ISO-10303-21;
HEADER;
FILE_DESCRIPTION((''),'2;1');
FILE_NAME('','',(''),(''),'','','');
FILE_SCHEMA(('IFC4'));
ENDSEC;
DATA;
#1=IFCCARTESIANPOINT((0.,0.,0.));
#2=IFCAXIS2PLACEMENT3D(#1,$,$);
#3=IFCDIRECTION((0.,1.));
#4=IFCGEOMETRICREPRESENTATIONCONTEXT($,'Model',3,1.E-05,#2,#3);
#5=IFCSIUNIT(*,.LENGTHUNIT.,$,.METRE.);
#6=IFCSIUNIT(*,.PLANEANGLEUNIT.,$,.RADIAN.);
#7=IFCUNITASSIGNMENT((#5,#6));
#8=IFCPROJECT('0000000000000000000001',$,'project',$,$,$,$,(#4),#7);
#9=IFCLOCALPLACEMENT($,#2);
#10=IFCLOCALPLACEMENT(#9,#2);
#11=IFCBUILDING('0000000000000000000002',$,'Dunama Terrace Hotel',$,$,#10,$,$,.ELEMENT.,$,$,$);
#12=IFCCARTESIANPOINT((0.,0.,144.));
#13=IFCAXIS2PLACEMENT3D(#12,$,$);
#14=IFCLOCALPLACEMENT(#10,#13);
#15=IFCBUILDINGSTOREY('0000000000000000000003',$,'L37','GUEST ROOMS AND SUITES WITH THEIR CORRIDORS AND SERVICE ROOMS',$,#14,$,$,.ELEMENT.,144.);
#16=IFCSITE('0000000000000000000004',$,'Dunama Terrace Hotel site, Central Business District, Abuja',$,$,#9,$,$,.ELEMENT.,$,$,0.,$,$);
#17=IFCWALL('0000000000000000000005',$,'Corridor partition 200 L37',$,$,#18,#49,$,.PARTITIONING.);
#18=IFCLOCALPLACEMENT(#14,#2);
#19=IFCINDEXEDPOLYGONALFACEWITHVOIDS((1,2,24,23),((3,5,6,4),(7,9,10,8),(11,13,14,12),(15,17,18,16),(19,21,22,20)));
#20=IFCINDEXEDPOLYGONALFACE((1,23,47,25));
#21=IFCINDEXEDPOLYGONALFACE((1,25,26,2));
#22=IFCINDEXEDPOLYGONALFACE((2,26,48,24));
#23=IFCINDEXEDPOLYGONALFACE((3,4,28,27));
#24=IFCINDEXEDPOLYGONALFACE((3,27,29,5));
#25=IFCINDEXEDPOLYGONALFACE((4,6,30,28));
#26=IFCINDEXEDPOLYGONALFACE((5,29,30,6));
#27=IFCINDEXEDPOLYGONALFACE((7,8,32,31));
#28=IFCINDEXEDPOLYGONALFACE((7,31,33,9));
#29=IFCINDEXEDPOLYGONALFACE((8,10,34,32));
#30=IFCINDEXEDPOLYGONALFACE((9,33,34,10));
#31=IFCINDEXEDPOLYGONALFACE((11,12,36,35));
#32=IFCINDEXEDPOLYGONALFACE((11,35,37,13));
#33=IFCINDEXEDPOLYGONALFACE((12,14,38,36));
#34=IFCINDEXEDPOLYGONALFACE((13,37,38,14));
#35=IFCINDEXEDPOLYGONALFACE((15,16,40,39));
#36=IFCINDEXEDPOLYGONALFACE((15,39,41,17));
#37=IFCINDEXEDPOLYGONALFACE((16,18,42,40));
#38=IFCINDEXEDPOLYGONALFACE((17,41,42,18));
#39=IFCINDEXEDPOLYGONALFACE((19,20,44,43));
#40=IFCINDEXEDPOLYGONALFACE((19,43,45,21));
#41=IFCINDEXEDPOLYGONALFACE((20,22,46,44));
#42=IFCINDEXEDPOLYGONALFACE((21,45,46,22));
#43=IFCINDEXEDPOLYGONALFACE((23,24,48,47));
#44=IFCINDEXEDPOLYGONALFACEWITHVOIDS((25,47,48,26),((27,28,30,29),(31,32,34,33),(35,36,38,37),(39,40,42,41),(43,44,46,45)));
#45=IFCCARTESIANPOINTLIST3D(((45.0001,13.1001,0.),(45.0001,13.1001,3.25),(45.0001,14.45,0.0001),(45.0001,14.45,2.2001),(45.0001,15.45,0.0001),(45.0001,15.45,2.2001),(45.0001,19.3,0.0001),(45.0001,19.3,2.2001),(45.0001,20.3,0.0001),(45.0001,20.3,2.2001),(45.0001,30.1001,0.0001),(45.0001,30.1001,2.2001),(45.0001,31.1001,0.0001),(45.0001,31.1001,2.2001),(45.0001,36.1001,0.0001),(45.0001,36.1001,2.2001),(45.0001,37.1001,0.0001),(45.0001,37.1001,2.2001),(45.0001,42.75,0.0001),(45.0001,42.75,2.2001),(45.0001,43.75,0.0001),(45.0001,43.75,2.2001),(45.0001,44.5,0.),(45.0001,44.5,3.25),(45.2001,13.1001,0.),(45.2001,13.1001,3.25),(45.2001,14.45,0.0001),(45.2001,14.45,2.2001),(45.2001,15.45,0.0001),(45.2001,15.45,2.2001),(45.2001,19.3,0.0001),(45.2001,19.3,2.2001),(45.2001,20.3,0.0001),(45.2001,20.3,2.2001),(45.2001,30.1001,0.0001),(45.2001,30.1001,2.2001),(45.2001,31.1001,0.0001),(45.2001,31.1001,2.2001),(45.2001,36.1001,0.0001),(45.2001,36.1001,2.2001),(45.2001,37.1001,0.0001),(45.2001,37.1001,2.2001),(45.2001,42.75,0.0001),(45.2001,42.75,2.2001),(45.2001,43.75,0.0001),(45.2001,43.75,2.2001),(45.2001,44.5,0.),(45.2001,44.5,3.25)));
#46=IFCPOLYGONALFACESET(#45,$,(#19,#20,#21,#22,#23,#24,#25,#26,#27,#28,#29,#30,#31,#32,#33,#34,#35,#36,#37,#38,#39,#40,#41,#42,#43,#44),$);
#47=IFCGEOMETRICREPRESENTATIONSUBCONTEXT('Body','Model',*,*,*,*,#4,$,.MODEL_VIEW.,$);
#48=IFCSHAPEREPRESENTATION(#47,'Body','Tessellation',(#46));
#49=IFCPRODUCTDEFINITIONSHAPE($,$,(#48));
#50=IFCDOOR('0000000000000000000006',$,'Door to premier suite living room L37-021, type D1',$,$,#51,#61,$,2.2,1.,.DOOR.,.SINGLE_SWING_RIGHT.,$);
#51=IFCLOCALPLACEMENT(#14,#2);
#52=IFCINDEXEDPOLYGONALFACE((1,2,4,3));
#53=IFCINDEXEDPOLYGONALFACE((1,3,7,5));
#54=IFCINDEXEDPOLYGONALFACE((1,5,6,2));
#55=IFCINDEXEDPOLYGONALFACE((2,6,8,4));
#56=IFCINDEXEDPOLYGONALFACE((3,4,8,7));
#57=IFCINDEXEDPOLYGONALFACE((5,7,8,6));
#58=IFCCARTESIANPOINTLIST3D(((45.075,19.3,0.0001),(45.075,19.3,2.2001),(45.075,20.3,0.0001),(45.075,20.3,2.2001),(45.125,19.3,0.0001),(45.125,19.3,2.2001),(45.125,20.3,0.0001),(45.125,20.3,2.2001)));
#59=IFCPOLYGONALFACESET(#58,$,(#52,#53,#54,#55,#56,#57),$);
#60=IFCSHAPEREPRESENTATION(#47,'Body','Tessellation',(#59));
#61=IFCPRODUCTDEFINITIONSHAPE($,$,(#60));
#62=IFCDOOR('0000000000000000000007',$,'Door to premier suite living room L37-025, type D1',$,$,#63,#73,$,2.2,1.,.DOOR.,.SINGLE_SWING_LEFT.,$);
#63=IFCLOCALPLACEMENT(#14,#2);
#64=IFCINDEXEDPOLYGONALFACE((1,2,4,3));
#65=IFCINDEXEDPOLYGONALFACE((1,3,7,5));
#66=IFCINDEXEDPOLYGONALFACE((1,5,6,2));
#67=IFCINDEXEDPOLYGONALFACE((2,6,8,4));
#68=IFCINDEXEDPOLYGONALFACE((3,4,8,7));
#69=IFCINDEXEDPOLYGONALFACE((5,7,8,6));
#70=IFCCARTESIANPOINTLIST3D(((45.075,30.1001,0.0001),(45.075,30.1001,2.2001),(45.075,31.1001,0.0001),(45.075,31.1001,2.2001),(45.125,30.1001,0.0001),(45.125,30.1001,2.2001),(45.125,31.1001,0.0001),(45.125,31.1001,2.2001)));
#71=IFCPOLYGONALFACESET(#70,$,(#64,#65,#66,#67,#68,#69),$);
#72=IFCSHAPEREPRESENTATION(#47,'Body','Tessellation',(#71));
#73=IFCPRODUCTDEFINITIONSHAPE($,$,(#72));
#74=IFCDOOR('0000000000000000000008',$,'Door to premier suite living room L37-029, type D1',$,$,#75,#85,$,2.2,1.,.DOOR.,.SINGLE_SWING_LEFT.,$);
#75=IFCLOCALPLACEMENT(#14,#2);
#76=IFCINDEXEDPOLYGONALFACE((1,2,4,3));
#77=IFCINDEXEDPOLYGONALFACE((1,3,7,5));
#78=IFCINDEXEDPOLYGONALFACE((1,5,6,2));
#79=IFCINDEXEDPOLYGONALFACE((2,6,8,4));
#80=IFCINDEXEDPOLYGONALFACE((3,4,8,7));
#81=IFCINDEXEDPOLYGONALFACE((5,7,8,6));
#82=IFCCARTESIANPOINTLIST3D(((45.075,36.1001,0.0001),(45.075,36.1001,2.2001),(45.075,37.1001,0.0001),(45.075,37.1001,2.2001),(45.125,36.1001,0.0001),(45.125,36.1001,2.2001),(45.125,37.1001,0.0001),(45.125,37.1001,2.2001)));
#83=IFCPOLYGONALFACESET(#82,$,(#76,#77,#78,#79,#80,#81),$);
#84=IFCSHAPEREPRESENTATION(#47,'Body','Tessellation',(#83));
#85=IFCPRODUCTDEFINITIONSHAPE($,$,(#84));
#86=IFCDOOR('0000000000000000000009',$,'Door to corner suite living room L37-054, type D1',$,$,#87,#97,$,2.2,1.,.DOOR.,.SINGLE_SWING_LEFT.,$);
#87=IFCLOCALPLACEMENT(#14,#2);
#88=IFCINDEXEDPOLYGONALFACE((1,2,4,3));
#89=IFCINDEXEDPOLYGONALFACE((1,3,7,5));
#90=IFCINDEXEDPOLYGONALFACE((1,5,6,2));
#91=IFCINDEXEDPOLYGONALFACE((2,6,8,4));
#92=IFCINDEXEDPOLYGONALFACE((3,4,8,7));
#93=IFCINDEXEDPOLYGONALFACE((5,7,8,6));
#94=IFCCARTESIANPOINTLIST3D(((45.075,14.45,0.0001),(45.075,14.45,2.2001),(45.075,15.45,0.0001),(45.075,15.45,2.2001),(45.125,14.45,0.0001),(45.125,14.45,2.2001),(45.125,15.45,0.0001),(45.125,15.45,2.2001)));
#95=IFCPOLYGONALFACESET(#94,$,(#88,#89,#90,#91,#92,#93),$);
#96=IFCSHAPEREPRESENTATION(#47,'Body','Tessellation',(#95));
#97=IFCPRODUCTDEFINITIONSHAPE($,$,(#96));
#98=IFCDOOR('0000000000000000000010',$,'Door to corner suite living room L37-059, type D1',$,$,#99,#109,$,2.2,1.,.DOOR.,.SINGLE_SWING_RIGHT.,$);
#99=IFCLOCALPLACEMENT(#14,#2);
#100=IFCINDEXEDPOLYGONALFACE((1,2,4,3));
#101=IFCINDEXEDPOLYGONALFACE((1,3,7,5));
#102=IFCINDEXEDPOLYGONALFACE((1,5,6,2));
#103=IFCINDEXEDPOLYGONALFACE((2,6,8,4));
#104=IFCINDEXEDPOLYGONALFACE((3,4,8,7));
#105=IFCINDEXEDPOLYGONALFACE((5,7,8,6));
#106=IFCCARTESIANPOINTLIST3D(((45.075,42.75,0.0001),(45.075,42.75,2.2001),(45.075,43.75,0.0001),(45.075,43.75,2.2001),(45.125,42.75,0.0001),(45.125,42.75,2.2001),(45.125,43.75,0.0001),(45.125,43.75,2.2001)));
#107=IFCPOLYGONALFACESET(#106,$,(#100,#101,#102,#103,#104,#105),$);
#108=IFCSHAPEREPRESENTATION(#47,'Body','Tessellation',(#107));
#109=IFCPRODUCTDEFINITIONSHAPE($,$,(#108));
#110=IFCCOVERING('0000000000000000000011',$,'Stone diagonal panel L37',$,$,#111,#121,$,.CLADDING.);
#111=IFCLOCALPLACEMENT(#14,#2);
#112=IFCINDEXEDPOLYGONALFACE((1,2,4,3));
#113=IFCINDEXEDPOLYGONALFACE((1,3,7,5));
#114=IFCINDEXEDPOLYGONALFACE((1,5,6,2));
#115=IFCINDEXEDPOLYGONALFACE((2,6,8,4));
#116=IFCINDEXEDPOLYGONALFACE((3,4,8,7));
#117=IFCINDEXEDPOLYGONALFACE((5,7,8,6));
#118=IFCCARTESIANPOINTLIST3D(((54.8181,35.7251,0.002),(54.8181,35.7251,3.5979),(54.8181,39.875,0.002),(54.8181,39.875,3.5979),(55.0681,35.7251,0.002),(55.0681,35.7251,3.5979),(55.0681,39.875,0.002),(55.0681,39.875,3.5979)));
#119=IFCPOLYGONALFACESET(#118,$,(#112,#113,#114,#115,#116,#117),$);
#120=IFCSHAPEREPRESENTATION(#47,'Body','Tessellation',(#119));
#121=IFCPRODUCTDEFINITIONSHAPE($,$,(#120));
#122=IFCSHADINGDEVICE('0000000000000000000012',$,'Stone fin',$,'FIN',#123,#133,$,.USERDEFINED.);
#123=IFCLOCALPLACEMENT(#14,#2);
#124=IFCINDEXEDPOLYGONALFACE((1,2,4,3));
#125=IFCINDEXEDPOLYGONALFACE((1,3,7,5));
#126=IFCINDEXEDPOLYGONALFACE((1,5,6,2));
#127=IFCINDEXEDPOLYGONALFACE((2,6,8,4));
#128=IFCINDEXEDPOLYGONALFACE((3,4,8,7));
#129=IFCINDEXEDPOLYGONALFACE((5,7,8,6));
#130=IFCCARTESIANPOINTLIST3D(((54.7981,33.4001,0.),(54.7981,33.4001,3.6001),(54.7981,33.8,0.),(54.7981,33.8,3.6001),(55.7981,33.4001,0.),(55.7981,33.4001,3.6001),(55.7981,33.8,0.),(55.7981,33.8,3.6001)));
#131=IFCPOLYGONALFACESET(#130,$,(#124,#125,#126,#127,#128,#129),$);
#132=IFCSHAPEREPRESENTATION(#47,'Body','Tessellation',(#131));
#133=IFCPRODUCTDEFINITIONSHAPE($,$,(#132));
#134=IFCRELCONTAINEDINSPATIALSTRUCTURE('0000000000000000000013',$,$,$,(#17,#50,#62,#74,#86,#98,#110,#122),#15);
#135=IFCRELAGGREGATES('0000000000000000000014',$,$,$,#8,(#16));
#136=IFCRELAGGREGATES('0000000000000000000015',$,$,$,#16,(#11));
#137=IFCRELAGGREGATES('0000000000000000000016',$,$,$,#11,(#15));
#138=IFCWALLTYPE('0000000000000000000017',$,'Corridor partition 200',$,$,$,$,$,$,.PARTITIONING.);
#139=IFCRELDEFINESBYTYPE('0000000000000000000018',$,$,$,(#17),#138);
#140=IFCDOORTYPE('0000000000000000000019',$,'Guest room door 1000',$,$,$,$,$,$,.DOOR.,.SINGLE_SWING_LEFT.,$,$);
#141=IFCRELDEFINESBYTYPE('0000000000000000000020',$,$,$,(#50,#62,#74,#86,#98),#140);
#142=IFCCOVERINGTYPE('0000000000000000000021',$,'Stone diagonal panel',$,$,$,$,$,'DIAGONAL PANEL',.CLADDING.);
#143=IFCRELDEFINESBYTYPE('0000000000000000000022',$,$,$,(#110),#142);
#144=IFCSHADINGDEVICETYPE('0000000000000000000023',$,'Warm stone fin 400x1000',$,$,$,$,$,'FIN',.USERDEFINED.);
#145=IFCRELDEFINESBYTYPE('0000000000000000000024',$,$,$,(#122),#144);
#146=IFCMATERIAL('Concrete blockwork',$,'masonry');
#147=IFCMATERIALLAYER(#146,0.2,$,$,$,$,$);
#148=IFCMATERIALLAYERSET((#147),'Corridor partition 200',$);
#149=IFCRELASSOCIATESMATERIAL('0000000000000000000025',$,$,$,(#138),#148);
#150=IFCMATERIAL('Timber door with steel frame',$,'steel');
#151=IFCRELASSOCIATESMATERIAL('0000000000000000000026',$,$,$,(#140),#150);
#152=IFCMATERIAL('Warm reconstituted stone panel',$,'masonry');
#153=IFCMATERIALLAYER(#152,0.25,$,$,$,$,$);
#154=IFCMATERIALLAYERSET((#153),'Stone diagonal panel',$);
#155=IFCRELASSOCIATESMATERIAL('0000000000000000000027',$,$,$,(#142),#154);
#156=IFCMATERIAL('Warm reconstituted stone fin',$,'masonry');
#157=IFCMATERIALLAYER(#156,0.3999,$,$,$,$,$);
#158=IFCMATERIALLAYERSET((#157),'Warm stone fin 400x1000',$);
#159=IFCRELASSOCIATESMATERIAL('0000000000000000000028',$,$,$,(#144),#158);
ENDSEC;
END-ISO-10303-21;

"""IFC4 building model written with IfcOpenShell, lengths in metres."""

from ifc_helpers import new_model, si_unit, direction, frame, frame_2d, origin, origin_2d, place, context, subcontext, project, spatial, rectangle, extrude, material, layer, layer_set, type_object, element, fill, save


model = new_model("IFC4")

# Units and contexts
model_context = context("Model", 3, precision=1e-05, world=origin(), true_north=direction((0.0, 1.0)))
body_context = subcontext(model_context, "Body", "Model", "MODEL_VIEW")
ifc_project = project(units=[si_unit("LENGTHUNIT", "METRE"), si_unit("PLANEANGLEUNIT", "RADIAN")], contexts=[model_context])

# Site, building, storey
site_placement = place(None, origin())
site = spatial("IfcSite", under=ifc_project, at=site_placement, Name="Dunama Terrace Hotel site, Central Business District, Abuja", CompositionType="ELEMENT", RefElevation=0.0)
building_placement = place(site_placement, origin())
building = spatial("IfcBuilding", under=site, at=building_placement, Name="Dunama Terrace Hotel", CompositionType="ELEMENT")
storey_placement = place(building_placement, frame((0.0, 0.0, 144.0)))
storey = spatial("IfcBuildingStorey", under=building, at=storey_placement, Name="L37", Description="GUEST ROOMS AND SUITES WITH THEIR CORRIDORS AND SERVICE ROOMS", CompositionType="ELEMENT", Elevation=144.0)

# Wall, openings, doors
ifc_material_1 = material(Name="Concrete blockwork", Category="masonry")
ifc_layer_1 = layer(ifc_material_1, 0.2)
ifc_layer_set_1 = layer_set([ifc_layer_1], Name="Corridor partition 200")
wall_type_1 = type_object("IfcWallType", Name="Corridor partition 200", PredefinedType="PARTITIONING", material=ifc_layer_set_1)
wall_1_placement = place(storey_placement, frame((45.1001, 44.5, 0.0), z_axis=(0.0, 0.0, 1.0), x_axis=(0.0, -1.0, 0.0)))
wall_1 = element("IfcWall", 1, at=wall_1_placement, inside=storey, type_object=wall_type_1, Name="Corridor partition 200 L37", PredefinedType="PARTITIONING", context=body_context, shape_type="SweptSolid", body=[
    extrude(rectangle(XDim=31.3999, YDim=0.2, at=frame_2d((15.7, 0.0))), origin(), (0.0, 0.0, 1.0), 3.25),
])
opening_1_placement = place(wall_1_placement, frame((24.2, 0.0, 0.0)))
opening_1 = element("IfcOpeningElement", 2, at=opening_1_placement, cuts=wall_1, PredefinedType="OPENING", context=body_context, shape_type="SweptSolid", body=[
    extrude(rectangle(XDim=1.0, YDim=2.2, at=frame_2d((0.5, 1.1001))), frame((0.0, 0.1099, 0.0), z_axis=(0.0, -1.0, 0.0), x_axis=(1.0, 0.0, 0.0)), (0.0, 0.0, 1.0), 0.22),
])
opening_2_placement = place(wall_1_placement, frame((13.3999, 0.0, 0.0)))
opening_2 = element("IfcOpeningElement", 3, at=opening_2_placement, cuts=wall_1, PredefinedType="OPENING", context=body_context, shape_type="SweptSolid", body=[
    extrude(rectangle(XDim=1.0, YDim=2.2, at=frame_2d((0.5, 1.1001))), frame((0.0, 0.1099, 0.0), z_axis=(0.0, -1.0, 0.0), x_axis=(1.0, 0.0, 0.0)), (0.0, 0.0, 1.0), 0.22),
])
opening_3_placement = place(wall_1_placement, frame((7.3999, 0.0, 0.0)))
opening_3 = element("IfcOpeningElement", 4, at=opening_3_placement, cuts=wall_1, PredefinedType="OPENING", context=body_context, shape_type="SweptSolid", body=[
    extrude(rectangle(XDim=1.0, YDim=2.2, at=frame_2d((0.5, 1.1001))), frame((0.0, 0.1099, 0.0), z_axis=(0.0, -1.0, 0.0), x_axis=(1.0, 0.0, 0.0)), (0.0, 0.0, 1.0), 0.22),
])
opening_4_placement = place(wall_1_placement, frame((29.05, 0.0, 0.0)))
opening_4 = element("IfcOpeningElement", 5, at=opening_4_placement, cuts=wall_1, PredefinedType="OPENING", context=body_context, shape_type="SweptSolid", body=[
    extrude(rectangle(XDim=1.0, YDim=2.2, at=frame_2d((0.5, 1.1001))), frame((0.0, 0.1099, 0.0), z_axis=(0.0, -1.0, 0.0), x_axis=(1.0, 0.0, 0.0)), (0.0, 0.0, 1.0), 0.22),
])
opening_5_placement = place(wall_1_placement, frame((0.75, 0.0, 0.0)))
opening_5 = element("IfcOpeningElement", 6, at=opening_5_placement, cuts=wall_1, PredefinedType="OPENING", context=body_context, shape_type="SweptSolid", body=[
    extrude(rectangle(XDim=1.0, YDim=2.2, at=frame_2d((0.5, 1.1001))), frame((0.0, 0.1099, 0.0), z_axis=(0.0, -1.0, 0.0), x_axis=(1.0, 0.0, 0.0)), (0.0, 0.0, 1.0), 0.22),
])
ifc_material_2 = material(Name="Timber door with steel frame", Category="steel")
door_type_1 = type_object("IfcDoorType", Name="Guest room door 1000", OperationType="SINGLE_SWING_LEFT", PredefinedType="DOOR", material=ifc_material_2)
door_1_placement = place(opening_1_placement, origin())
door_1 = element("IfcDoor", 7, at=door_1_placement, inside=storey, type_object=door_type_1, Name="Door to premier suite living room L37-021, type D1", OperationType="SINGLE_SWING_RIGHT", OverallHeight=2.2, OverallWidth=1.0, PredefinedType="DOOR", context=body_context, shape_type="SweptSolid", body=[
    extrude(rectangle(XDim=1.0, YDim=2.2, at=frame_2d((0.5, 1.1001))), frame((0.0, 0.0249, 0.0), z_axis=(0.0, -1.0, 0.0), x_axis=(1.0, 0.0, 0.0)), (0.0, 0.0, 1.0), 0.05),
])
fill(opening_1, door_1)
door_2_placement = place(opening_2_placement, origin())
door_2 = element("IfcDoor", 8, at=door_2_placement, inside=storey, type_object=door_type_1, Name="Door to premier suite living room L37-025, type D1", OperationType="SINGLE_SWING_LEFT", OverallHeight=2.2, OverallWidth=1.0, PredefinedType="DOOR", context=body_context, shape_type="SweptSolid", body=[
    extrude(rectangle(XDim=1.0, YDim=2.2, at=frame_2d((0.5, 1.1001))), frame((0.0, 0.0249, 0.0), z_axis=(0.0, -1.0, 0.0), x_axis=(1.0, 0.0, 0.0)), (0.0, 0.0, 1.0), 0.05),
])
fill(opening_2, door_2)
door_3_placement = place(opening_3_placement, origin())
door_3 = element("IfcDoor", 9, at=door_3_placement, inside=storey, type_object=door_type_1, Name="Door to premier suite living room L37-029, type D1", OperationType="SINGLE_SWING_LEFT", OverallHeight=2.2, OverallWidth=1.0, PredefinedType="DOOR", context=body_context, shape_type="SweptSolid", body=[
    extrude(rectangle(XDim=1.0, YDim=2.2, at=frame_2d((0.5, 1.1001))), frame((0.0, 0.0249, 0.0), z_axis=(0.0, -1.0, 0.0), x_axis=(1.0, 0.0, 0.0)), (0.0, 0.0, 1.0), 0.05),
])
fill(opening_3, door_3)
door_4_placement = place(opening_4_placement, origin())
door_4 = element("IfcDoor", 10, at=door_4_placement, inside=storey, type_object=door_type_1, Name="Door to corner suite living room L37-054, type D1", OperationType="SINGLE_SWING_LEFT", OverallHeight=2.2, OverallWidth=1.0, PredefinedType="DOOR", context=body_context, shape_type="SweptSolid", body=[
    extrude(rectangle(XDim=1.0, YDim=2.2, at=frame_2d((0.5, 1.1001))), frame((0.0, 0.0249, 0.0), z_axis=(0.0, -1.0, 0.0), x_axis=(1.0, 0.0, 0.0)), (0.0, 0.0, 1.0), 0.05),
])
fill(opening_4, door_4)
door_5_placement = place(opening_5_placement, origin())
door_5 = element("IfcDoor", 11, at=door_5_placement, inside=storey, type_object=door_type_1, Name="Door to corner suite living room L37-059, type D1", OperationType="SINGLE_SWING_RIGHT", OverallHeight=2.2, OverallWidth=1.0, PredefinedType="DOOR", context=body_context, shape_type="SweptSolid", body=[
    extrude(rectangle(XDim=1.0, YDim=2.2, at=frame_2d((0.5, 1.1001))), frame((0.0, 0.0249, 0.0), z_axis=(0.0, -1.0, 0.0), x_axis=(1.0, 0.0, 0.0)), (0.0, 0.0, 1.0), 0.05),
])
fill(opening_5, door_5)

# Covering
ifc_material_3 = material(Name="Warm reconstituted stone panel", Category="masonry")
ifc_layer_2 = layer(ifc_material_3, 0.25)
ifc_layer_set_2 = layer_set([ifc_layer_2], Name="Stone diagonal panel")
covering_type = type_object("IfcCoveringType", Name="Stone diagonal panel", ElementType="DIAGONAL PANEL", PredefinedType="CLADDING", material=ifc_layer_set_2)
covering_placement = place(storey_placement, frame((54.9431, 37.8, 0.002), z_axis=(0.0, 0.0, 1.0), x_axis=(0.0, 1.0, 0.0)))
element("IfcCovering", 12, at=covering_placement, inside=storey, type_object=covering_type, Name="Stone diagonal panel L37", PredefinedType="CLADDING", context=body_context, shape_type="SweptSolid", body=[
    extrude(rectangle(XDim=4.1499, YDim=0.25, at=origin_2d()), origin(), (0.0, 0.0, 1.0), 3.5959),
])

# Shading device
ifc_material_4 = material(Name="Warm reconstituted stone fin", Category="masonry")
ifc_layer_3 = layer(ifc_material_4, 0.3999)
ifc_layer_set_3 = layer_set([ifc_layer_3], Name="Warm stone fin 400x1000")
shading_device_type = type_object("IfcShadingDeviceType", Name="Warm stone fin 400x1000", ElementType="FIN", PredefinedType="USERDEFINED", material=ifc_layer_set_3)
shading_device_placement = place(storey_placement, frame((55.2981, 33.6001, 0.0), z_axis=(0.0, 0.0, 1.0), x_axis=(0.0, 1.0, 0.0)))
element("IfcShadingDevice", 13, at=shading_device_placement, inside=storey, type_object=shading_device_type, Name="Stone fin", ObjectType="FIN", PredefinedType="USERDEFINED", context=body_context, shape_type="SweptSolid", body=[
    extrude(rectangle(XDim=0.3999, YDim=1.0, at=origin_2d()), origin(), (0.0, 0.0, 1.0), 3.6001),
])

save(model, "model.ifc")
